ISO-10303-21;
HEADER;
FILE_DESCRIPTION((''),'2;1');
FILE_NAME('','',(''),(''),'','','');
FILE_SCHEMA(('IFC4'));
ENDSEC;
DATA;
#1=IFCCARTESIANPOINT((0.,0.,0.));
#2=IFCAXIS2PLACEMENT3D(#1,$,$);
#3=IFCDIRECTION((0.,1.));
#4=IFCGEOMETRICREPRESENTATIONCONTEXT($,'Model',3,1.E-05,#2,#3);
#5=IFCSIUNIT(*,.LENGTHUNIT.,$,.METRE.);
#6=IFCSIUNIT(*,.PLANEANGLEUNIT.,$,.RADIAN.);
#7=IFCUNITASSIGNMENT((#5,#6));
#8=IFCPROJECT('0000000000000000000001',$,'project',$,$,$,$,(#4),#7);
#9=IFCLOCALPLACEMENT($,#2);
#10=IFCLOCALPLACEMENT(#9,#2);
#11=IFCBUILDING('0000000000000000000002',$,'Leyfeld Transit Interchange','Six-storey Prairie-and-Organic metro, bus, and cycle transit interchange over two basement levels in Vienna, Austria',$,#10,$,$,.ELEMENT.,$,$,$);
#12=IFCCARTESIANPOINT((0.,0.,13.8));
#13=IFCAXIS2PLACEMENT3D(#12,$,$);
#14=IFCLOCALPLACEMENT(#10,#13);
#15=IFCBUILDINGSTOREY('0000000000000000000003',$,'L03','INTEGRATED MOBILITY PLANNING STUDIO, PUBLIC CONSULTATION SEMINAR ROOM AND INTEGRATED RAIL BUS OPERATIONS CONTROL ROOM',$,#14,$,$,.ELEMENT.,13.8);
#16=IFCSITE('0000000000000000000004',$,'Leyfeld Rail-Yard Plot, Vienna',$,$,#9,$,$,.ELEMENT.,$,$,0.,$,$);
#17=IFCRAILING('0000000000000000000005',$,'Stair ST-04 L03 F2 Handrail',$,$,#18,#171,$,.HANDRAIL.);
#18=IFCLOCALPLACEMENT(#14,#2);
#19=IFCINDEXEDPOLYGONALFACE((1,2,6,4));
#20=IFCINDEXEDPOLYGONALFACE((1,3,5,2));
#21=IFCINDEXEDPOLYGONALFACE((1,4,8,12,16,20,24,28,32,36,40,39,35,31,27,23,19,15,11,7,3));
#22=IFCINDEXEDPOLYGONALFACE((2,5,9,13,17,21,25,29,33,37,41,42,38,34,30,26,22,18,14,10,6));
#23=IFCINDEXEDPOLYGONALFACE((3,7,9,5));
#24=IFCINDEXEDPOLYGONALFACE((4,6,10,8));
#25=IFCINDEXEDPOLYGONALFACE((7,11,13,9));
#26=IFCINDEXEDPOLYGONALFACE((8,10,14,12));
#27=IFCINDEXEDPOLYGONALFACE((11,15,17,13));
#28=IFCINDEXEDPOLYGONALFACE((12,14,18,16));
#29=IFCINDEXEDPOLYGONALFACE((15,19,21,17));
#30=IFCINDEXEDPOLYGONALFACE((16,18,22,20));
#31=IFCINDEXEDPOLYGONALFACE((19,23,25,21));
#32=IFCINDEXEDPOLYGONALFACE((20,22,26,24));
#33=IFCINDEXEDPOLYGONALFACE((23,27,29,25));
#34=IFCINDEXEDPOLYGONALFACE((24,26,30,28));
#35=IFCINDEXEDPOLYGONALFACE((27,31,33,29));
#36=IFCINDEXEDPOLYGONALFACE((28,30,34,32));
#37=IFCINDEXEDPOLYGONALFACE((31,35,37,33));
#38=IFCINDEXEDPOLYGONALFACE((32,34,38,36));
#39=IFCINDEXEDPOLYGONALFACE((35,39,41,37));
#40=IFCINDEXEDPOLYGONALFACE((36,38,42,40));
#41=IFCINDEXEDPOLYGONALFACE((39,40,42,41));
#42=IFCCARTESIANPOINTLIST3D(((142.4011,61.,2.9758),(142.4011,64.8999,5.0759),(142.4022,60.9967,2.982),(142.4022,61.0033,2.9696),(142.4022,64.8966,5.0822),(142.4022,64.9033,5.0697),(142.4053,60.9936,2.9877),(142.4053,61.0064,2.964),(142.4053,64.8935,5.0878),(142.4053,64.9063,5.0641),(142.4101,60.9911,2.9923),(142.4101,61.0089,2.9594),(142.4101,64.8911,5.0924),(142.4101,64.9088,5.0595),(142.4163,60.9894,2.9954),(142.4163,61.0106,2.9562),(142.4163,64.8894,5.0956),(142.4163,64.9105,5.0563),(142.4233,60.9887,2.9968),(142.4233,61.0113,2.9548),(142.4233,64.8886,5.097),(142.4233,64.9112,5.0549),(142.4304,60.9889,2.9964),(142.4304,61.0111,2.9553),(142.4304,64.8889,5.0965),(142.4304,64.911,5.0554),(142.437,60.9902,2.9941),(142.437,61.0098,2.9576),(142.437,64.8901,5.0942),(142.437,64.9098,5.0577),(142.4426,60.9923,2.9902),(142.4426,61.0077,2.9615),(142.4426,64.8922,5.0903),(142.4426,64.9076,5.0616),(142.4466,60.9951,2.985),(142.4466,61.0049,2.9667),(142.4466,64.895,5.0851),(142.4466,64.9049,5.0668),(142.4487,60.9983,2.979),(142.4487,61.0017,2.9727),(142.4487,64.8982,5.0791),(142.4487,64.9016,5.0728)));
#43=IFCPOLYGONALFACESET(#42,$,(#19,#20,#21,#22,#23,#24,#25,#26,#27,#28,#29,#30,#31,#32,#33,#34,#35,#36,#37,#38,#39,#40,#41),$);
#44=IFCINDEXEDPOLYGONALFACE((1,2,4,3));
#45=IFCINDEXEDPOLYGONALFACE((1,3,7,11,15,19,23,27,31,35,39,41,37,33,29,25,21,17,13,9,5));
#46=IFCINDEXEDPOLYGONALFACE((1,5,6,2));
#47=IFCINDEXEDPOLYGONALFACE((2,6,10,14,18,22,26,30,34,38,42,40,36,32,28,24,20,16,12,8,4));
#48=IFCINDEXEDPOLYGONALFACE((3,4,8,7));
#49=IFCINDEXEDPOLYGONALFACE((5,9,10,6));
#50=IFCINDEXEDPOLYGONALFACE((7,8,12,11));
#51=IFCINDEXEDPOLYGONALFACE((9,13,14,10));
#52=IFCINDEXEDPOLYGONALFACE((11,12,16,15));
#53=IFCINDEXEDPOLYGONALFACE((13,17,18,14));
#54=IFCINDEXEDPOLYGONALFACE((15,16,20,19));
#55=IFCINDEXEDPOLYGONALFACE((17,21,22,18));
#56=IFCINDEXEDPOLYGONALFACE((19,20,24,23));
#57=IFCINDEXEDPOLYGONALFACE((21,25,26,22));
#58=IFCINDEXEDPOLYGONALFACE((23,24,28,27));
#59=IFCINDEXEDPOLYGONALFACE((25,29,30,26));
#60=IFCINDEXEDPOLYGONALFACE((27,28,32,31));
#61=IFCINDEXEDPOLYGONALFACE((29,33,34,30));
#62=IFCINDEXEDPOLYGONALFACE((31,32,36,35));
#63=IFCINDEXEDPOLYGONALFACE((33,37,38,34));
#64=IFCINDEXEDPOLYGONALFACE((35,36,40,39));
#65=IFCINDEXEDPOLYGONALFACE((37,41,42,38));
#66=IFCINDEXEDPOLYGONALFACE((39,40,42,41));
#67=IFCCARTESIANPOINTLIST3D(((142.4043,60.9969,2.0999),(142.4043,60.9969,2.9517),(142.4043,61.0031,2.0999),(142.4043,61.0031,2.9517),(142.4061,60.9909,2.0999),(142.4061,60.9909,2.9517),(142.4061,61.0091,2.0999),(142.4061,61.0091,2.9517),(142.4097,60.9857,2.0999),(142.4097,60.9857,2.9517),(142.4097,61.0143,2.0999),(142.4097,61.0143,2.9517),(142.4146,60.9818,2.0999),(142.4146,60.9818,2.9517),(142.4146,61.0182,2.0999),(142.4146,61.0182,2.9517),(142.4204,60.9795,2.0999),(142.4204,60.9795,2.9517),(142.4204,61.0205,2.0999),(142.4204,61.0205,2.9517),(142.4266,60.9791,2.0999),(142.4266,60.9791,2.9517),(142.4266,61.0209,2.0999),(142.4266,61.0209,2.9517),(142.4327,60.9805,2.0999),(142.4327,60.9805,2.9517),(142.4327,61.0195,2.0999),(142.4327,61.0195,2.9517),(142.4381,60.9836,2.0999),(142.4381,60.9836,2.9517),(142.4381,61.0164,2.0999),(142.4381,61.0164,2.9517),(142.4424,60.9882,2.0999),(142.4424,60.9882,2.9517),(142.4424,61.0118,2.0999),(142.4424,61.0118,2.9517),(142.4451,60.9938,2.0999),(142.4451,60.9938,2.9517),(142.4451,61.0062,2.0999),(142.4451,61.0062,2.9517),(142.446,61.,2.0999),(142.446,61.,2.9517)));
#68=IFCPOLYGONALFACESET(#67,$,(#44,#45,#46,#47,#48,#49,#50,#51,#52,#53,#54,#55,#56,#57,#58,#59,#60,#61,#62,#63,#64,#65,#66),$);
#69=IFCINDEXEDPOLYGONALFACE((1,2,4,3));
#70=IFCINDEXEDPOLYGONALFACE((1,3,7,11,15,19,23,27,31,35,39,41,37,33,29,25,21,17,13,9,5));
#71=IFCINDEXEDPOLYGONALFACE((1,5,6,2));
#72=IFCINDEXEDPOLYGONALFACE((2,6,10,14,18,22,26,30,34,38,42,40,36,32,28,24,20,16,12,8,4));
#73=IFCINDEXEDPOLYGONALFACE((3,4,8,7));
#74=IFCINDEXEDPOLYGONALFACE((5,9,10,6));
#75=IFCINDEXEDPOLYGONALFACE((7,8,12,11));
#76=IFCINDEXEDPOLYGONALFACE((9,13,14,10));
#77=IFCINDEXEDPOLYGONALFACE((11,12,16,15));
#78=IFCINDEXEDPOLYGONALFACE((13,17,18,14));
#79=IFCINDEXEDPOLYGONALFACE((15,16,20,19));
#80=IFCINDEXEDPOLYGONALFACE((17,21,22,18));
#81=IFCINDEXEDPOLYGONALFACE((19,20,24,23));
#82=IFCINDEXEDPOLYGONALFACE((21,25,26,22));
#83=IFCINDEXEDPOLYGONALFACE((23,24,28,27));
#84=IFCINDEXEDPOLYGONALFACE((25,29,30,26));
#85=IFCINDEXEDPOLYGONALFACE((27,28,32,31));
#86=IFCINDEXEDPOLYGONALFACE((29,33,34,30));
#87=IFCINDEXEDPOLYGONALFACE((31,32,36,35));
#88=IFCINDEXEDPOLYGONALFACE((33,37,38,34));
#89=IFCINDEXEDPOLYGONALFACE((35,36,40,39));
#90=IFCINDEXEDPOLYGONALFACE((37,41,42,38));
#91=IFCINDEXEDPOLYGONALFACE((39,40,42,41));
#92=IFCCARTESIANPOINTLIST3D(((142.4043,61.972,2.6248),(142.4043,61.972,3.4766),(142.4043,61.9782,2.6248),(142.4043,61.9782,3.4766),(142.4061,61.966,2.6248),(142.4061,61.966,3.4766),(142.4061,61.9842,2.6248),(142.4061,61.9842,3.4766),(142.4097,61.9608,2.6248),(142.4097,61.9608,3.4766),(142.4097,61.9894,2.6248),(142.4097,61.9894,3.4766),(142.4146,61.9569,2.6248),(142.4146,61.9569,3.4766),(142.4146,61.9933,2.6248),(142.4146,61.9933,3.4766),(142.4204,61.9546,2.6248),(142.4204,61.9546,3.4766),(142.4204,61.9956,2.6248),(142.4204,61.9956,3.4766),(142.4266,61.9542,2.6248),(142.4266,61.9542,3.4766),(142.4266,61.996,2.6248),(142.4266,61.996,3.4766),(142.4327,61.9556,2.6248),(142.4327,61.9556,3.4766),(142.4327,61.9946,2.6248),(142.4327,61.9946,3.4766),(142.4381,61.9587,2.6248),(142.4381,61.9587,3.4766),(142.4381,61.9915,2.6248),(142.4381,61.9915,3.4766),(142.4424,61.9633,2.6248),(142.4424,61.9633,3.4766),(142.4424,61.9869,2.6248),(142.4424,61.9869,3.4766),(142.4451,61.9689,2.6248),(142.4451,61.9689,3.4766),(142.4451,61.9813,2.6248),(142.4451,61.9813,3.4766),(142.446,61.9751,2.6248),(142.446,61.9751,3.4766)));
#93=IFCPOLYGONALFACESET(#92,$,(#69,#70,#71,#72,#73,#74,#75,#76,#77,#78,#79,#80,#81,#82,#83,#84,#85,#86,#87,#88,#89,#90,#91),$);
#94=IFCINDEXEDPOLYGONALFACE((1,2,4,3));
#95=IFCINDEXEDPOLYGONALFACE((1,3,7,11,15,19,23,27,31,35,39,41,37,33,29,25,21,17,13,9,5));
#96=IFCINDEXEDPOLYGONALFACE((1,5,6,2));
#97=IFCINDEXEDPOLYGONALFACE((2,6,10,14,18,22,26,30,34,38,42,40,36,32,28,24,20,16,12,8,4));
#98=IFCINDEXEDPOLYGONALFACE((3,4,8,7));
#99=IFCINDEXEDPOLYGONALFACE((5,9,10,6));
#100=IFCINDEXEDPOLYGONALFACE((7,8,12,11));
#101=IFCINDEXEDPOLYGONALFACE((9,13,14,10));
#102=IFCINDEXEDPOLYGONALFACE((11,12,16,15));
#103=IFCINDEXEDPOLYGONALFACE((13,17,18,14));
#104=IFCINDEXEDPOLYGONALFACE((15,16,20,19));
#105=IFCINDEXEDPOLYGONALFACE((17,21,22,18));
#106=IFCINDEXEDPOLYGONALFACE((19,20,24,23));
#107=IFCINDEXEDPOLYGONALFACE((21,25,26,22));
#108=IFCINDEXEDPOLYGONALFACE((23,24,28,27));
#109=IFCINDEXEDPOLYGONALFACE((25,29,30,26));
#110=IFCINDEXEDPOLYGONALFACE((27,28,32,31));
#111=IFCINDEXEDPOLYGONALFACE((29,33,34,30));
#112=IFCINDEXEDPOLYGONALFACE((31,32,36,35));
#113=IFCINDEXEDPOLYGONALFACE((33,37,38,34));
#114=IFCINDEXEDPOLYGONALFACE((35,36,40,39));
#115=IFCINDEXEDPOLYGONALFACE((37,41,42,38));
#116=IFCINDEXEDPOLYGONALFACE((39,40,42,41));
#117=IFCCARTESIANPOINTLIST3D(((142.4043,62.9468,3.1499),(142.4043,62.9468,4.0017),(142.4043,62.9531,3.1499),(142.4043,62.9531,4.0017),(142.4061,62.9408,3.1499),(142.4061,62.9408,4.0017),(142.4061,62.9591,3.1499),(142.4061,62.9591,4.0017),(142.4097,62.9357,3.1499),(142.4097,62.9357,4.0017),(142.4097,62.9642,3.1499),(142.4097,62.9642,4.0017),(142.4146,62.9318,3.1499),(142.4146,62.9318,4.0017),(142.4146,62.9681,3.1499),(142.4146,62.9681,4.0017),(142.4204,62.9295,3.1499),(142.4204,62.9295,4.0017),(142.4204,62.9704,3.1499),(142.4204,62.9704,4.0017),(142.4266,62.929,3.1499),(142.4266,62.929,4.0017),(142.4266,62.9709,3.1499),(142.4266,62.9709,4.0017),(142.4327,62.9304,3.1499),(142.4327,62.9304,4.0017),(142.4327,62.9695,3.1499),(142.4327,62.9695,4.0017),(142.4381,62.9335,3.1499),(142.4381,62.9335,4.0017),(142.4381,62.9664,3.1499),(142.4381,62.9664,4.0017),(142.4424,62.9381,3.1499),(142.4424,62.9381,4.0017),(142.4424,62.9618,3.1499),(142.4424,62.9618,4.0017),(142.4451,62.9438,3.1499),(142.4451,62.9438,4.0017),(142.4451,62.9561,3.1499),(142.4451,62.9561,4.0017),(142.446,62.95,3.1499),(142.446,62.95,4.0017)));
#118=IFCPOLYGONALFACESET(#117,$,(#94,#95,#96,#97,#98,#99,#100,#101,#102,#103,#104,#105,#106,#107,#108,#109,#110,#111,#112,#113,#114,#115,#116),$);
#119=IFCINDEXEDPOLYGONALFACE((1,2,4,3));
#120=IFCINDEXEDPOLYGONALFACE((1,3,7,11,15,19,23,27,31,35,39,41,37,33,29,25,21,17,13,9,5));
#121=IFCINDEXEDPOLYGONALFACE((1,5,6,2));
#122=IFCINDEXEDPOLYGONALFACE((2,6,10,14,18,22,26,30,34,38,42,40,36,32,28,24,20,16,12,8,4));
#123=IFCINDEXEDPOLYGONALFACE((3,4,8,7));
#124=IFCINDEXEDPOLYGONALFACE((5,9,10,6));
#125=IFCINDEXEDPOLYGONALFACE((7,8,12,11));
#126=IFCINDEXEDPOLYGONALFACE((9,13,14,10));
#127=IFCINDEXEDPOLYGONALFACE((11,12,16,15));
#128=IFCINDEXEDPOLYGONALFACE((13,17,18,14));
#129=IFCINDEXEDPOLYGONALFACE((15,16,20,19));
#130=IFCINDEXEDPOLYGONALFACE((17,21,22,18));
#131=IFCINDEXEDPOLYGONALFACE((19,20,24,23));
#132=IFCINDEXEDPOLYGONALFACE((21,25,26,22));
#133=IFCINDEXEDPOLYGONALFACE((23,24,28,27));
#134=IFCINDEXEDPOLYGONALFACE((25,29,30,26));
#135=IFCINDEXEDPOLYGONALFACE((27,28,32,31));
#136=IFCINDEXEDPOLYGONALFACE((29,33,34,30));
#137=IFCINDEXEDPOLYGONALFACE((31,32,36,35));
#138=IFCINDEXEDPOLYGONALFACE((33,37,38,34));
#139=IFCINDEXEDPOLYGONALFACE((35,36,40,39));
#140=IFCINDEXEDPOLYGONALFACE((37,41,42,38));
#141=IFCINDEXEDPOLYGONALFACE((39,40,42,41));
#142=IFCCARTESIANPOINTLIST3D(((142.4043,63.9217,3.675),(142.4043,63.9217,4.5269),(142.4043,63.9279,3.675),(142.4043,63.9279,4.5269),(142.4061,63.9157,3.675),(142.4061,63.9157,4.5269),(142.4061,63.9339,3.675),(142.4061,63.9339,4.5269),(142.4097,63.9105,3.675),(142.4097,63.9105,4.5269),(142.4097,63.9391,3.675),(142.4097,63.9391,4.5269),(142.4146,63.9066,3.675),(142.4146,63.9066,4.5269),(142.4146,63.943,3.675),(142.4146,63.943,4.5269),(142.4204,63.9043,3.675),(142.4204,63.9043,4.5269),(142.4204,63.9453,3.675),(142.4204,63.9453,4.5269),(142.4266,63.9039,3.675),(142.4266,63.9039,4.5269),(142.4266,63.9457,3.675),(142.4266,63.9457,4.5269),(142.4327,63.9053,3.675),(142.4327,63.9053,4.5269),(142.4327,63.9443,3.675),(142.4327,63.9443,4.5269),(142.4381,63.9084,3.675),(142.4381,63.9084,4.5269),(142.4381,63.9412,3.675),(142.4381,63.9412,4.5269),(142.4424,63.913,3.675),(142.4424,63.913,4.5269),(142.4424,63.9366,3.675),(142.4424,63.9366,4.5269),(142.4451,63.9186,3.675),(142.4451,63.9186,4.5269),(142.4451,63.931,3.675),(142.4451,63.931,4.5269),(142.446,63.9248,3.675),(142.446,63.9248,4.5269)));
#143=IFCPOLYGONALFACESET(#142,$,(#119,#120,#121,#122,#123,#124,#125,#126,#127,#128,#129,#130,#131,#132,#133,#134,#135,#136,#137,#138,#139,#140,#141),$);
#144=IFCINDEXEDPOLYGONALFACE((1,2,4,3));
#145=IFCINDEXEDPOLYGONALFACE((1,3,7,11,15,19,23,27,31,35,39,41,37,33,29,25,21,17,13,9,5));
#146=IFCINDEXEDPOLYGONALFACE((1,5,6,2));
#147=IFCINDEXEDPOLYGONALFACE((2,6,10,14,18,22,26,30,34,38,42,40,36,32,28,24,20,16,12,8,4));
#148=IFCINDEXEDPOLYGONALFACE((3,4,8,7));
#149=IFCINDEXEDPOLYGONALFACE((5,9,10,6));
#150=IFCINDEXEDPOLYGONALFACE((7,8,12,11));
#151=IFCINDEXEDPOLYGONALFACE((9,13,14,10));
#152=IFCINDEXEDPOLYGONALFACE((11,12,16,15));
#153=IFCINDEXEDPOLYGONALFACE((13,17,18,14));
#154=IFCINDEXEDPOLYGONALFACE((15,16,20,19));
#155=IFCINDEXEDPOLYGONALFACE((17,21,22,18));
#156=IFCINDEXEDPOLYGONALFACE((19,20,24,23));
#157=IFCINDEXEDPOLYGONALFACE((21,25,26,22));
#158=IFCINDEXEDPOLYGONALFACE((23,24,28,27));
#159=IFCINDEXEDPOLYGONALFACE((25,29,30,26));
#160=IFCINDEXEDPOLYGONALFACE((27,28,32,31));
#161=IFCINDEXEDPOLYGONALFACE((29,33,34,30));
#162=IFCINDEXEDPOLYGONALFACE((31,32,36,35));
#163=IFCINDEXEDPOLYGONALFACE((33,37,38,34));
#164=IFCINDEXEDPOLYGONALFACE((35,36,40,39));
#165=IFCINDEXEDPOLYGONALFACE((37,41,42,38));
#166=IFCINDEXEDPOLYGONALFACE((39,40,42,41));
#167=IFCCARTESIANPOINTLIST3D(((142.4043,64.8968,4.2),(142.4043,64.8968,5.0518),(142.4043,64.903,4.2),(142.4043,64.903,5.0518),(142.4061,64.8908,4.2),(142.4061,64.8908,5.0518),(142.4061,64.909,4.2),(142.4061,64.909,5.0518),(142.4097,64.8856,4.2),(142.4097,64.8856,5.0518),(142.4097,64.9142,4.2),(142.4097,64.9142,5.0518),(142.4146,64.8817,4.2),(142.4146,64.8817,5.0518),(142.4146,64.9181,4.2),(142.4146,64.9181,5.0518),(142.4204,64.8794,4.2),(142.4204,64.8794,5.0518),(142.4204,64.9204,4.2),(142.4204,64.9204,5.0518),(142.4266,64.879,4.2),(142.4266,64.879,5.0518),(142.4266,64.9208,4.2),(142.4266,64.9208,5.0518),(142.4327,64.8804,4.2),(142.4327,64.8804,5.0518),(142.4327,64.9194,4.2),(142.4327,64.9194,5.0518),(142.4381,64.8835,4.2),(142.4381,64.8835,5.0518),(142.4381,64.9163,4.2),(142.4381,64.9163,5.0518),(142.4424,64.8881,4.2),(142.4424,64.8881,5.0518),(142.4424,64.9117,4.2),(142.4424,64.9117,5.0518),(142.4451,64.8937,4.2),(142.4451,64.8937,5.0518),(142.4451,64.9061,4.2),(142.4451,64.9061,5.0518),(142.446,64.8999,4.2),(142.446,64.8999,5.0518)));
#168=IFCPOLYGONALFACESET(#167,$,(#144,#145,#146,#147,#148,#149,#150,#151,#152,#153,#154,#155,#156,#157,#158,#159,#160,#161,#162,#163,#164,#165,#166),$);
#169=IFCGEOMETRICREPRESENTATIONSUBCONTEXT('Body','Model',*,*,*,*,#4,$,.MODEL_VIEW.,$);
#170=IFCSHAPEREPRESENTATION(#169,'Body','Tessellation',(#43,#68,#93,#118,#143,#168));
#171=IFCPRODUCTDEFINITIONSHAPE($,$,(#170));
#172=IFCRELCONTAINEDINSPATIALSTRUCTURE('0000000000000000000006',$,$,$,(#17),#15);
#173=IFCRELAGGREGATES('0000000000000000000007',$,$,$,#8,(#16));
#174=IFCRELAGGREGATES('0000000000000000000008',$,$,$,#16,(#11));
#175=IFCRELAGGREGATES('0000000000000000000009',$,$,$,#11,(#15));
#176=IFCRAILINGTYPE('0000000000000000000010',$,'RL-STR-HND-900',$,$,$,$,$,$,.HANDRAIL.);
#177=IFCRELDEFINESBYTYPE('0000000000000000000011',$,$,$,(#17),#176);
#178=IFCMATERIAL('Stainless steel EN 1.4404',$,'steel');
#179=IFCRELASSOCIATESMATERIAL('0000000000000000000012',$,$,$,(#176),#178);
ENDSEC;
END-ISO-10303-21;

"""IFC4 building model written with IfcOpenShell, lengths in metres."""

from ifc_helpers import new_model, si_unit, direction, frame, origin, origin_2d, place, context, subcontext, project, spatial, circle, extrude, material, type_object, element, save


model = new_model("IFC4")

# Units and contexts
model_context = context("Model", 3, precision=1e-05, world=origin(), true_north=direction((0.0, 1.0)))
body_context = subcontext(model_context, "Body", "Model", "MODEL_VIEW")
ifc_project = project(units=[si_unit("LENGTHUNIT", "METRE"), si_unit("PLANEANGLEUNIT", "RADIAN")], contexts=[model_context])

# Site, building, storey
site_placement = place(None, origin())
site = spatial("IfcSite", under=ifc_project, at=site_placement, Name="Leyfeld Rail-Yard Plot, Vienna", CompositionType="ELEMENT", RefElevation=0.0)
building_placement = place(site_placement, origin())
building = spatial("IfcBuilding", under=site, at=building_placement, Name="Leyfeld Transit Interchange", Description="Six-storey Prairie-and-Organic metro, bus, and cycle transit interchange over two basement levels in Vienna, Austria", CompositionType="ELEMENT")
storey_placement = place(building_placement, frame((0.0, 0.0, 13.8)))
storey = spatial("IfcBuildingStorey", under=building, at=storey_placement, Name="L03", Description="INTEGRATED MOBILITY PLANNING STUDIO, PUBLIC CONSULTATION SEMINAR ROOM AND INTEGRATED RAIL BUS OPERATIONS CONTROL ROOM", CompositionType="ELEMENT", Elevation=13.8)

# Railing
ifc_material_1 = material(Name="Stainless steel EN 1.4404", Category="steel")
railing_type_1 = type_object("IfcRailingType", Name="RL-STR-HND-900", PredefinedType="HANDRAIL", material=ifc_material_1)
railing_1_placement = place(storey_placement, frame((142.425, 61.0, 2.0999)))
element("IfcRailing", 1, at=railing_1_placement, inside=storey, type_object=railing_type_1, Name="Stair ST-04 L03 F2 Handrail", PredefinedType="HANDRAIL", context=body_context, shape_type="SweptSolid", body=[
    extrude(circle(Radius=0.0239, at=origin_2d()), frame((0.0, 0.0, 0.876), z_axis=(0.0, 0.880457, 0.474126), x_axis=(-1.0, 0.0, 0.0)), (0.0, 0.0, 1.0), 4.4294),
    extrude(circle(Radius=0.021, at=origin_2d()), origin(), (0.0, 0.0, 1.0), 0.8518),
    extrude(circle(Radius=0.021, at=origin_2d()), frame((0.0, 0.9751, 0.5249)), (0.0, 0.0, 1.0), 0.8518),
    extrude(circle(Radius=0.021, at=origin_2d()), frame((0.0, 1.95, 1.05)), (0.0, 0.0, 1.0), 0.8518),
    extrude(circle(Radius=0.021, at=origin_2d()), frame((0.0, 2.9248, 1.5752)), (0.0, 0.0, 1.0), 0.8518),
    extrude(circle(Radius=0.021, at=origin_2d()), frame((0.0, 3.8999, 2.1001)), (0.0, 0.0, 1.0), 0.8518),
])

save(model, "model.ifc")
